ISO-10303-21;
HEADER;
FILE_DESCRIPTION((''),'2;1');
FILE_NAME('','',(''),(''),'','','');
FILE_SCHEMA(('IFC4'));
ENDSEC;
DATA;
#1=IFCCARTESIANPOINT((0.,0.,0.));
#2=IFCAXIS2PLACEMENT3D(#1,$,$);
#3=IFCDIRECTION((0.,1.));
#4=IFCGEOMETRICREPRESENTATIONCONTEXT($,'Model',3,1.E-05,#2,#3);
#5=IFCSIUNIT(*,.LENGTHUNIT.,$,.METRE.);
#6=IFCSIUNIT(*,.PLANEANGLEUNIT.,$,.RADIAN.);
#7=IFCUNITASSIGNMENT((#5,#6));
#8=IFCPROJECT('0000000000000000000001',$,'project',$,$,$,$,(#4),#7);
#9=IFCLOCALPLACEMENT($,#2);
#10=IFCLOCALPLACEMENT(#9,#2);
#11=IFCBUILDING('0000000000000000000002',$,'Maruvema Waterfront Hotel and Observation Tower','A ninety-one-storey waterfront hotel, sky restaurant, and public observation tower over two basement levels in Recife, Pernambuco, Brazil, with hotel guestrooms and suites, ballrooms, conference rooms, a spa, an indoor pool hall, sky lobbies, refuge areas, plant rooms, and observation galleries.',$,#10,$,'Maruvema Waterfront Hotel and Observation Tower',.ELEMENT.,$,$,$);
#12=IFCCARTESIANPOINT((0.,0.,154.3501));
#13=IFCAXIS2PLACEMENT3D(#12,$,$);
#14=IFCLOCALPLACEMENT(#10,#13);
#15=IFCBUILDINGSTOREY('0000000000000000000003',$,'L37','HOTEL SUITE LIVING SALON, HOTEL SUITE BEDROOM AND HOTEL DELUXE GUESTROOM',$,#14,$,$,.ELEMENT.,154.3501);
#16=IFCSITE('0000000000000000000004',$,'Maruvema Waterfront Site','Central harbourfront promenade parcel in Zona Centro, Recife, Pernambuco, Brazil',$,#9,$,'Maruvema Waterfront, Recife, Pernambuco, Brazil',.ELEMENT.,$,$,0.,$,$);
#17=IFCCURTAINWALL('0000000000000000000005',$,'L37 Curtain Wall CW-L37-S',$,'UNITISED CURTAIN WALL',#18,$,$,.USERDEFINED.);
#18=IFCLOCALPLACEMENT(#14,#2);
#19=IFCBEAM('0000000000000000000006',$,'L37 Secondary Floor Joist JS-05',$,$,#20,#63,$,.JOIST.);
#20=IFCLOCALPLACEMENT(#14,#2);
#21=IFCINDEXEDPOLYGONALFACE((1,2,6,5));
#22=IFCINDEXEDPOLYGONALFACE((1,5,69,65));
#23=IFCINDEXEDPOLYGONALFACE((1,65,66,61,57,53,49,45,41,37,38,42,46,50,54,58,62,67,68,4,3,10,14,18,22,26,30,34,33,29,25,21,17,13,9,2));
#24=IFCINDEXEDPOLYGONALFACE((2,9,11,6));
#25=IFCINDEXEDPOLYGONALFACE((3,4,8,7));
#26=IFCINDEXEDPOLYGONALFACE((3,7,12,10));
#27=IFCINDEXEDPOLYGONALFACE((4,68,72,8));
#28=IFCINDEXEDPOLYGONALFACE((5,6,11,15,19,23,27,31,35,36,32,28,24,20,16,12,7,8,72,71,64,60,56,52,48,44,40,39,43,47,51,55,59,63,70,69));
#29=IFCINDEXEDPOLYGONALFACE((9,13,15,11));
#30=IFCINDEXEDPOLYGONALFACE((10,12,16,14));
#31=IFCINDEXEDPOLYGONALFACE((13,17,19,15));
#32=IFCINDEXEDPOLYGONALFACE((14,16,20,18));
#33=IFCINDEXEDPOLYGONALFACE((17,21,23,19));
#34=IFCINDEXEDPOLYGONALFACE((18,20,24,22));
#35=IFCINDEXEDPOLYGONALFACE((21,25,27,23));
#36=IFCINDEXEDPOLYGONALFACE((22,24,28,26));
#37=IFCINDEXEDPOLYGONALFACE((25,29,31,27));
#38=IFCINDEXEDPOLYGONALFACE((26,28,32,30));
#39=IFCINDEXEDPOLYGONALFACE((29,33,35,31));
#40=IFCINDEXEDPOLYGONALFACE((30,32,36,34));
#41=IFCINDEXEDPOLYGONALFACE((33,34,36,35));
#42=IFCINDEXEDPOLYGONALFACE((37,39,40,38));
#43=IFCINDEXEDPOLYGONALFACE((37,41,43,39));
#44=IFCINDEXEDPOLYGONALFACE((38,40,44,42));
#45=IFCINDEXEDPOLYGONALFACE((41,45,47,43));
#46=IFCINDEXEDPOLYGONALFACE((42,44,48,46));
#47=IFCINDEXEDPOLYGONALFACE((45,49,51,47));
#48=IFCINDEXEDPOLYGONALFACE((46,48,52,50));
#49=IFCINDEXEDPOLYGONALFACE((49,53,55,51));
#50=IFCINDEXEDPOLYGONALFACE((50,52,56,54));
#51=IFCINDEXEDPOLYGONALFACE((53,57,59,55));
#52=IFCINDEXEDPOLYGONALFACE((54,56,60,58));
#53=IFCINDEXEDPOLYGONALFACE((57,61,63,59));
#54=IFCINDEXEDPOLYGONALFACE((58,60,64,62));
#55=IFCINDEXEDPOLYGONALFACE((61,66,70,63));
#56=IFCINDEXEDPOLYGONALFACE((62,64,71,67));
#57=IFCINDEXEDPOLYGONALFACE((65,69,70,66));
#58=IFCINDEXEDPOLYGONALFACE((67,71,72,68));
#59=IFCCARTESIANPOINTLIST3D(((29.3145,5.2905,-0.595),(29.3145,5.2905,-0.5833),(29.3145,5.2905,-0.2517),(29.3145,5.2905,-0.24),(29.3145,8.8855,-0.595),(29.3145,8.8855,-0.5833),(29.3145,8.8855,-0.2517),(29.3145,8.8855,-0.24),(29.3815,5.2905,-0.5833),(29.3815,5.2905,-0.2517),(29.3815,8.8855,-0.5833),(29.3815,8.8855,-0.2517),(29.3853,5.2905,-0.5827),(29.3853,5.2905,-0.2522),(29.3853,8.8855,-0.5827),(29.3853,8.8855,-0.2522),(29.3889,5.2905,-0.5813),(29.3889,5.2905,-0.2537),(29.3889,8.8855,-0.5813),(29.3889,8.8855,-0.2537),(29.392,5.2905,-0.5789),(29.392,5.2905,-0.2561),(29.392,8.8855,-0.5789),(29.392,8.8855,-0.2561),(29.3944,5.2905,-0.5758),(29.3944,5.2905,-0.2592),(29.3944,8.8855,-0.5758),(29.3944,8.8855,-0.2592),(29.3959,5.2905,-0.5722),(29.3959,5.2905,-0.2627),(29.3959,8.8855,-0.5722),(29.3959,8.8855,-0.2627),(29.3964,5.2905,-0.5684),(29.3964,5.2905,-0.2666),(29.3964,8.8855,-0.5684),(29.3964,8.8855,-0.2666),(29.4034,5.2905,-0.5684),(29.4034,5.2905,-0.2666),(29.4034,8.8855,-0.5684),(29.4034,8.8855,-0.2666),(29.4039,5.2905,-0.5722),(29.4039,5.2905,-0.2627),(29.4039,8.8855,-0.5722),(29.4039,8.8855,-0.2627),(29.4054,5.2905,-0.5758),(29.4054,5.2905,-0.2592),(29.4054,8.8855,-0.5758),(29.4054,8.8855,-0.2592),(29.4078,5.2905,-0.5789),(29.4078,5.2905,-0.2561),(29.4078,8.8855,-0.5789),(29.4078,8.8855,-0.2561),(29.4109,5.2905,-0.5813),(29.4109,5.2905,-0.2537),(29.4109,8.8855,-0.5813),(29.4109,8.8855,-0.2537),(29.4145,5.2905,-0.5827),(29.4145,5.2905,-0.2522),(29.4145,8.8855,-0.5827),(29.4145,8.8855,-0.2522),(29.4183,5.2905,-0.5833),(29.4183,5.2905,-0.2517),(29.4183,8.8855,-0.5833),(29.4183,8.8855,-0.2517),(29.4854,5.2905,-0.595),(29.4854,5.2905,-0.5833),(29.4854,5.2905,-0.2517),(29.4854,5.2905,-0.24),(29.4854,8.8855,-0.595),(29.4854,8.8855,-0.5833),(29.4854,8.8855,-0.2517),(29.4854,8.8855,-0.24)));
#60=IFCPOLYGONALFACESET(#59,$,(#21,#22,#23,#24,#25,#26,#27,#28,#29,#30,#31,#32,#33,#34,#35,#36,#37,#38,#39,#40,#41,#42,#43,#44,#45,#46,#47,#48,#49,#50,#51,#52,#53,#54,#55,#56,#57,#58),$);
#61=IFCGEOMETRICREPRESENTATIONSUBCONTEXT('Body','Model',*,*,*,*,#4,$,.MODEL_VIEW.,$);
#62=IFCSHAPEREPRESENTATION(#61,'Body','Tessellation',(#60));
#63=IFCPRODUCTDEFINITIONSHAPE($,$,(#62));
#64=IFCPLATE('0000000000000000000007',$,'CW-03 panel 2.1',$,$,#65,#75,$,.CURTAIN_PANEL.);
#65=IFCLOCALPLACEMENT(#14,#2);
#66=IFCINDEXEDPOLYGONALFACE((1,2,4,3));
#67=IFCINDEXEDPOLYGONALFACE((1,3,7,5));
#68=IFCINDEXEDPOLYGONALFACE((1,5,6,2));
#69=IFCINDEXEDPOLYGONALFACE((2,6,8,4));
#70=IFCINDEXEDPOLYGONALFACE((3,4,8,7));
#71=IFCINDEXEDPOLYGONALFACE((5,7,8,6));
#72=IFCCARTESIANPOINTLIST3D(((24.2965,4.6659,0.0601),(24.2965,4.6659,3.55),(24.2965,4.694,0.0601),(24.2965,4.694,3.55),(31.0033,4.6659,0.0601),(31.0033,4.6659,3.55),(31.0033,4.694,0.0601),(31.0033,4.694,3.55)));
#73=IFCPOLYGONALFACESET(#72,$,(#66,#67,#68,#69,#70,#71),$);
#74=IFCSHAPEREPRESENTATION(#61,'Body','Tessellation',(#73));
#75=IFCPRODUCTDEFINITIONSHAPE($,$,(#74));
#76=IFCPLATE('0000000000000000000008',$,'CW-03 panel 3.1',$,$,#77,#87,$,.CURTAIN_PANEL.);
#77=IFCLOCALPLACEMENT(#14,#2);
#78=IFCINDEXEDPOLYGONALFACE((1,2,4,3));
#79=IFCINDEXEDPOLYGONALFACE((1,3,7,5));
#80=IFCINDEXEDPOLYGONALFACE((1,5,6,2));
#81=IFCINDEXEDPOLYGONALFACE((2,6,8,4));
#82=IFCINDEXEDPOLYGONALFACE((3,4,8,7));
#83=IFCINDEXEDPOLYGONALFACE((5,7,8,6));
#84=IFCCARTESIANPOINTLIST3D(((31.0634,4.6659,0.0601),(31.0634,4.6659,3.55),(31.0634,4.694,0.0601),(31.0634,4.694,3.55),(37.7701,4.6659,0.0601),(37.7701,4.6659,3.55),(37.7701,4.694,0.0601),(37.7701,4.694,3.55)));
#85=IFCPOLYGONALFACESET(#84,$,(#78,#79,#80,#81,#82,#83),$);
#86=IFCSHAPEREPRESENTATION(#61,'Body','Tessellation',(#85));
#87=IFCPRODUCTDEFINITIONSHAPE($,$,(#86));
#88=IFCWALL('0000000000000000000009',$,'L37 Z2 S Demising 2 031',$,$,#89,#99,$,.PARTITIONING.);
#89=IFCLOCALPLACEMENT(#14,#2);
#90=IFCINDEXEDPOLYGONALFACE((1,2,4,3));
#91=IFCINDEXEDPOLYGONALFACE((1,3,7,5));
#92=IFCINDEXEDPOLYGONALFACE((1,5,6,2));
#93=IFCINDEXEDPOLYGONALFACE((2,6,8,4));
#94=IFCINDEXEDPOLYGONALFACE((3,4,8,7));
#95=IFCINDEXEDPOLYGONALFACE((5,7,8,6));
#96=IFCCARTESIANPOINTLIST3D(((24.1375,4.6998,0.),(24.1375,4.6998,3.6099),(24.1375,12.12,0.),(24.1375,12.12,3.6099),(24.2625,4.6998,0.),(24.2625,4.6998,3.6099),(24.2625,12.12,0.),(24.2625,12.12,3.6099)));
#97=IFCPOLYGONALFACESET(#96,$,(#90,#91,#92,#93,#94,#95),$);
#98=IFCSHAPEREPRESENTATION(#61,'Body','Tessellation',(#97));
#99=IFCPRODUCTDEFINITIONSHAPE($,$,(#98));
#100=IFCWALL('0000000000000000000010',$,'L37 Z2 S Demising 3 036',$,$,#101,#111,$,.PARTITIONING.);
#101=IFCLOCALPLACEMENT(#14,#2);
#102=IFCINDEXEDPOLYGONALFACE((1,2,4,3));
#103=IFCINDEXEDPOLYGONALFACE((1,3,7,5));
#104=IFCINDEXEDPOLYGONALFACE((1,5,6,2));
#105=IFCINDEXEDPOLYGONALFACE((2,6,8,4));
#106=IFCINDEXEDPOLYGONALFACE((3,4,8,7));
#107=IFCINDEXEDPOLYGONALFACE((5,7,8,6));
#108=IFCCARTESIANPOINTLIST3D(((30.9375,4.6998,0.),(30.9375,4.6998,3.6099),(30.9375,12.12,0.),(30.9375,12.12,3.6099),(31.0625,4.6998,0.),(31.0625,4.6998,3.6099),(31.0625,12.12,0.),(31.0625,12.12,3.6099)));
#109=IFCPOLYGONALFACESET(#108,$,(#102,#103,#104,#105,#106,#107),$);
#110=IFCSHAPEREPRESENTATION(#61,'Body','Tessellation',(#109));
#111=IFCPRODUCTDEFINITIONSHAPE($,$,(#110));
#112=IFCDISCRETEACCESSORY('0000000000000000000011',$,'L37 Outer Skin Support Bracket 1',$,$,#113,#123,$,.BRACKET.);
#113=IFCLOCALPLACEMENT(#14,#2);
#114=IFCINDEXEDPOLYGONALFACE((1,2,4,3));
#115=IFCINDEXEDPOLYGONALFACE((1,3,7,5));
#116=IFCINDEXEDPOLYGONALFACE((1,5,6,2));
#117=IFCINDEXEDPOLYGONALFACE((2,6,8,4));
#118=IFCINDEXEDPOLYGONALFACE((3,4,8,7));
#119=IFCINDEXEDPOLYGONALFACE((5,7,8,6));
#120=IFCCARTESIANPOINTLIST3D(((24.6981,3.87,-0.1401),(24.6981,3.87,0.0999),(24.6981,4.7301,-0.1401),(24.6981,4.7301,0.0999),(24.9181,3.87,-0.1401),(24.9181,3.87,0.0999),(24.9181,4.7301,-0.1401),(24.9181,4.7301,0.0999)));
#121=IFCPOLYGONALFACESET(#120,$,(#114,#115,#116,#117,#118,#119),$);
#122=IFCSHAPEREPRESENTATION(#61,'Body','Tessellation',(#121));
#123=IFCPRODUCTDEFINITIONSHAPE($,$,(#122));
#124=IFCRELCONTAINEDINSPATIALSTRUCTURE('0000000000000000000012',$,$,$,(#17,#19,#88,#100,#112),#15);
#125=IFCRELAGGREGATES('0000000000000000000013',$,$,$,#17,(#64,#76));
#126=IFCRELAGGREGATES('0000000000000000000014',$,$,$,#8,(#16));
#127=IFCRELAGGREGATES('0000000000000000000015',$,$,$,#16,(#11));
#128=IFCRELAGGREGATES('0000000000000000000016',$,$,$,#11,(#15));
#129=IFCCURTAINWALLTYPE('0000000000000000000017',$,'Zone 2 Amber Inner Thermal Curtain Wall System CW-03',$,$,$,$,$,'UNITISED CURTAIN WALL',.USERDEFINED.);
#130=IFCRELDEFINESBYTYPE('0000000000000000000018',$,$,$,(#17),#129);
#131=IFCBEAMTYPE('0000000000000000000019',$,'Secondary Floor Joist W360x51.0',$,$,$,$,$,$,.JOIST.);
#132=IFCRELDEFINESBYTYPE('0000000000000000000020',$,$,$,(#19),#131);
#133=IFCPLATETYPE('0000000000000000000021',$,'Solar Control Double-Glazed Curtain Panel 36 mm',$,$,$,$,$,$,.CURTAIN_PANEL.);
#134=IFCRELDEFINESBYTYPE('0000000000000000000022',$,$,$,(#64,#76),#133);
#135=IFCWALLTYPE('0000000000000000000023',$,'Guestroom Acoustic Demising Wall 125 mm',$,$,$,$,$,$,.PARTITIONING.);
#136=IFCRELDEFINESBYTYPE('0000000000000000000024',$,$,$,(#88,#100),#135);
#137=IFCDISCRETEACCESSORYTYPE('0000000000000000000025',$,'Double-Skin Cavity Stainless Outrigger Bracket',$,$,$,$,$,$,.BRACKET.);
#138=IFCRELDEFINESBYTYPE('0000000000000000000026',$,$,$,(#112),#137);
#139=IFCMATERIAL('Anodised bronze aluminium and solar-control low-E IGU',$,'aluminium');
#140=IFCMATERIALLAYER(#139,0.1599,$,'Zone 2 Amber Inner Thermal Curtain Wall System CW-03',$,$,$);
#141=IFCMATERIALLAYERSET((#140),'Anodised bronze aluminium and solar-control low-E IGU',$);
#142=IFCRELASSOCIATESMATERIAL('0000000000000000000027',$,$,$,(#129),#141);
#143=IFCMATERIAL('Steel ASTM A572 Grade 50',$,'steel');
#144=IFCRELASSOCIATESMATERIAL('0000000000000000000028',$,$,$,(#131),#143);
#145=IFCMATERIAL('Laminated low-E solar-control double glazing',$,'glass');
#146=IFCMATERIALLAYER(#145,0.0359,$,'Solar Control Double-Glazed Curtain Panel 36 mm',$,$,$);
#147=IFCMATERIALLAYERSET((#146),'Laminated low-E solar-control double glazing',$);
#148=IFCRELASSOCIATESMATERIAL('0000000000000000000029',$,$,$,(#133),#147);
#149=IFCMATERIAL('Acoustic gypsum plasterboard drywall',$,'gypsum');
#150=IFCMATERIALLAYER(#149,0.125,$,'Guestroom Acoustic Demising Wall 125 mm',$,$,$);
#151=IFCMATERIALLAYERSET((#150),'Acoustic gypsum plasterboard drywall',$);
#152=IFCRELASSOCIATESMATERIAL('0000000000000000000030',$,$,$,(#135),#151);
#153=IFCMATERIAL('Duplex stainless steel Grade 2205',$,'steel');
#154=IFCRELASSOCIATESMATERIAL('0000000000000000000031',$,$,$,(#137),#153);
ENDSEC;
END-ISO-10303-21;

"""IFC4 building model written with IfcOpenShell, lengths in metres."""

from ifc_helpers import new_model, si_unit, direction, frame, frame_2d, origin, origin_2d, place, context, subcontext, project, spatial, rectangle, i_section, extrude, material, layer, layer_set, material_profile, profile_set, type_object, element, aggregate, save


model = new_model("IFC4")

# Units and contexts
model_context = context("Model", 3, precision=1e-05, world=origin(), true_north=direction((0.0, 1.0)))
body_context = subcontext(model_context, "Body", "Model", "MODEL_VIEW")
ifc_project = project(units=[si_unit("LENGTHUNIT", "METRE"), si_unit("PLANEANGLEUNIT", "RADIAN")], contexts=[model_context])

# Site, building, storey
site_placement = place(None, origin())
site = spatial("IfcSite", under=ifc_project, at=site_placement, Name="Maruvema Waterfront Site", Description="Central harbourfront promenade parcel in Zona Centro, Recife, Pernambuco, Brazil", LongName="Maruvema Waterfront, Recife, Pernambuco, Brazil", CompositionType="ELEMENT", RefElevation=0.0)
building_placement = place(site_placement, origin())
building = spatial("IfcBuilding", under=site, at=building_placement, Name="Maruvema Waterfront Hotel and Observation Tower", Description="A ninety-one-storey waterfront hotel, sky restaurant, and public observation tower over two basement levels in Recife, Pernambuco, Brazil, with hotel guestrooms and suites, ballrooms, conference rooms, a spa, an indoor pool hall, sky lobbies, refuge areas, plant rooms, and observation galleries.", LongName="Maruvema Waterfront Hotel and Observation Tower", CompositionType="ELEMENT")
storey_placement = place(building_placement, frame((0.0, 0.0, 154.3501)))
storey = spatial("IfcBuildingStorey", under=building, at=storey_placement, Name="L37", Description="HOTEL SUITE LIVING SALON, HOTEL SUITE BEDROOM AND HOTEL DELUXE GUESTROOM", CompositionType="ELEMENT", Elevation=154.3501)

# Curtain wall
ifc_material_1 = material(Name="Anodised bronze aluminium and solar-control low-E IGU", Category="aluminium")
ifc_layer_1 = layer(ifc_material_1, 0.1599, Name="Zone 2 Amber Inner Thermal Curtain Wall System CW-03")
ifc_layer_set_1 = layer_set([ifc_layer_1], Name="Anodised bronze aluminium and solar-control low-E IGU")
curtain_wall_type = type_object("IfcCurtainWallType", Name="Zone 2 Amber Inner Thermal Curtain Wall System CW-03", ElementType="UNITISED CURTAIN WALL", PredefinedType="USERDEFINED", material=ifc_layer_set_1)
curtain_wall_placement = place(storey_placement, origin())
curtain_wall = element("IfcCurtainWall", 1, at=curtain_wall_placement, inside=storey, type_object=curtain_wall_type, Name="L37 Curtain Wall CW-L37-S", ObjectType="UNITISED CURTAIN WALL", PredefinedType="USERDEFINED")

# Beam
ifc_material_2 = material(Name="Steel ASTM A572 Grade 50", Category="steel")
ifc_material_profile_1 = material_profile(ifc_material_2, i_section(OverallWidth=0.1709, OverallDepth=0.355, WebThickness=0.0071, FlangeThickness=0.0117, FilletRadius=0.0149, at=origin_2d()), Name="W360x51.0")
ifc_profile_set_1 = profile_set([ifc_material_profile_1], Name="Steel ASTM A572 Grade 50")
beam_type_1 = type_object("IfcBeamType", Name="Secondary Floor Joist W360x51.0", PredefinedType="JOIST", material=ifc_profile_set_1)
beam_1_placement = place(storey_placement, frame((29.3999, 5.2905, -0.4175), z_axis=(0.0, 1.0, 0.0), x_axis=(-1.0, 0.0, 0.0)))
element("IfcBeam", 2, at=beam_1_placement, inside=storey, type_object=beam_type_1, Name="L37 Secondary Floor Joist JS-05", PredefinedType="JOIST", context=body_context, shape_type="SweptSolid", body=[
    extrude(i_section(OverallWidth=0.1709, OverallDepth=0.355, WebThickness=0.0071, FlangeThickness=0.0117, FilletRadius=0.0149, at=origin_2d()), origin(), (0.0, 0.0, 1.0), 3.595),
])

# Plates
ifc_material_3 = material(Name="Laminated low-E solar-control double glazing", Category="glass")
ifc_layer_2 = layer(ifc_material_3, 0.0359, Name="Solar Control Double-Glazed Curtain Panel 36 mm")
ifc_layer_set_2 = layer_set([ifc_layer_2], Name="Laminated low-E solar-control double glazing")
plate_type = type_object("IfcPlateType", Name="Solar Control Double-Glazed Curtain Panel 36 mm", PredefinedType="CURTAIN_PANEL", material=ifc_layer_set_2)
plate_1_placement = place(storey_placement, frame((27.6499, 4.6799, 0.0601), z_axis=(0.0, 0.0, 1.0), x_axis=(1.0, 0.0, 0.0)))
plate_1 = element("IfcPlate", 3, at=plate_1_placement, type_object=plate_type, Name="CW-03 panel 2.1", PredefinedType="CURTAIN_PANEL", context=body_context, shape_type="SweptSolid", body=[
    extrude(rectangle(XDim=6.7068, YDim=0.0281, at=origin_2d()), origin(), (0.0, 0.0, 1.0), 3.49),
])
plate_2_placement = place(storey_placement, frame((34.4167, 4.6799, 0.0601), z_axis=(0.0, 0.0, 1.0), x_axis=(1.0, 0.0, 0.0)))
plate_2 = element("IfcPlate", 4, at=plate_2_placement, type_object=plate_type, Name="CW-03 panel 3.1", PredefinedType="CURTAIN_PANEL", context=body_context, shape_type="SweptSolid", body=[
    extrude(rectangle(XDim=6.7068, YDim=0.0281, at=origin_2d()), origin(), (0.0, 0.0, 1.0), 3.49),
])
aggregate(curtain_wall, [plate_1, plate_2])

# Walls
ifc_material_4 = material(Name="Acoustic gypsum plasterboard drywall", Category="gypsum")
ifc_layer_3 = layer(ifc_material_4, 0.125, Name="Guestroom Acoustic Demising Wall 125 mm")
ifc_layer_set_3 = layer_set([ifc_layer_3], Name="Acoustic gypsum plasterboard drywall")
wall_type = type_object("IfcWallType", Name="Guestroom Acoustic Demising Wall 125 mm", PredefinedType="PARTITIONING", material=ifc_layer_set_3)
for number, where, z_axis, x_axis, name in (
    (5, (24.2, 4.7, 0.0), (0.0, 0.0, 1.0), (0.0, 1.0, 0.0), "L37 Z2 S Demising 2 031"),
    (6, (31.0, 4.7, 0.0), (0.0, 0.0, 1.0), (0.0, 1.0, 0.0), "L37 Z2 S Demising 3 036"),
):
    element("IfcWall", number, at=place(storey_placement, frame(where, z_axis=z_axis, x_axis=x_axis)), inside=storey, type_object=wall_type, Name=name, PredefinedType="PARTITIONING", context=body_context, shape_type="SweptSolid", body=[
        extrude(rectangle(XDim=7.4202, YDim=0.125, at=frame_2d((3.71, 0.0))), origin(), (0.0, 0.0, 1.0), 3.6099),
    ])

# Discrete accessory
ifc_material_5 = material(Name="Duplex stainless steel Grade 2205", Category="steel")
discrete_accessory_type = type_object("IfcDiscreteAccessoryType", Name="Double-Skin Cavity Stainless Outrigger Bracket", PredefinedType="BRACKET", material=ifc_material_5)
discrete_accessory_placement = place(storey_placement, frame((24.8081, 4.3, -0.1401), z_axis=(0.0, 0.0, 1.0), x_axis=(1.0, 0.0, 0.0)))
element("IfcDiscreteAccessory", 7, at=discrete_accessory_placement, inside=storey, type_object=discrete_accessory_type, Name="L37 Outer Skin Support Bracket 1", PredefinedType="BRACKET", context=body_context, shape_type="SweptSolid", body=[
    extrude(rectangle(XDim=0.22, YDim=0.8601, at=origin_2d()), origin(), (0.0, 0.0, 1.0), 0.24),
])

save(model, "model.ifc")
